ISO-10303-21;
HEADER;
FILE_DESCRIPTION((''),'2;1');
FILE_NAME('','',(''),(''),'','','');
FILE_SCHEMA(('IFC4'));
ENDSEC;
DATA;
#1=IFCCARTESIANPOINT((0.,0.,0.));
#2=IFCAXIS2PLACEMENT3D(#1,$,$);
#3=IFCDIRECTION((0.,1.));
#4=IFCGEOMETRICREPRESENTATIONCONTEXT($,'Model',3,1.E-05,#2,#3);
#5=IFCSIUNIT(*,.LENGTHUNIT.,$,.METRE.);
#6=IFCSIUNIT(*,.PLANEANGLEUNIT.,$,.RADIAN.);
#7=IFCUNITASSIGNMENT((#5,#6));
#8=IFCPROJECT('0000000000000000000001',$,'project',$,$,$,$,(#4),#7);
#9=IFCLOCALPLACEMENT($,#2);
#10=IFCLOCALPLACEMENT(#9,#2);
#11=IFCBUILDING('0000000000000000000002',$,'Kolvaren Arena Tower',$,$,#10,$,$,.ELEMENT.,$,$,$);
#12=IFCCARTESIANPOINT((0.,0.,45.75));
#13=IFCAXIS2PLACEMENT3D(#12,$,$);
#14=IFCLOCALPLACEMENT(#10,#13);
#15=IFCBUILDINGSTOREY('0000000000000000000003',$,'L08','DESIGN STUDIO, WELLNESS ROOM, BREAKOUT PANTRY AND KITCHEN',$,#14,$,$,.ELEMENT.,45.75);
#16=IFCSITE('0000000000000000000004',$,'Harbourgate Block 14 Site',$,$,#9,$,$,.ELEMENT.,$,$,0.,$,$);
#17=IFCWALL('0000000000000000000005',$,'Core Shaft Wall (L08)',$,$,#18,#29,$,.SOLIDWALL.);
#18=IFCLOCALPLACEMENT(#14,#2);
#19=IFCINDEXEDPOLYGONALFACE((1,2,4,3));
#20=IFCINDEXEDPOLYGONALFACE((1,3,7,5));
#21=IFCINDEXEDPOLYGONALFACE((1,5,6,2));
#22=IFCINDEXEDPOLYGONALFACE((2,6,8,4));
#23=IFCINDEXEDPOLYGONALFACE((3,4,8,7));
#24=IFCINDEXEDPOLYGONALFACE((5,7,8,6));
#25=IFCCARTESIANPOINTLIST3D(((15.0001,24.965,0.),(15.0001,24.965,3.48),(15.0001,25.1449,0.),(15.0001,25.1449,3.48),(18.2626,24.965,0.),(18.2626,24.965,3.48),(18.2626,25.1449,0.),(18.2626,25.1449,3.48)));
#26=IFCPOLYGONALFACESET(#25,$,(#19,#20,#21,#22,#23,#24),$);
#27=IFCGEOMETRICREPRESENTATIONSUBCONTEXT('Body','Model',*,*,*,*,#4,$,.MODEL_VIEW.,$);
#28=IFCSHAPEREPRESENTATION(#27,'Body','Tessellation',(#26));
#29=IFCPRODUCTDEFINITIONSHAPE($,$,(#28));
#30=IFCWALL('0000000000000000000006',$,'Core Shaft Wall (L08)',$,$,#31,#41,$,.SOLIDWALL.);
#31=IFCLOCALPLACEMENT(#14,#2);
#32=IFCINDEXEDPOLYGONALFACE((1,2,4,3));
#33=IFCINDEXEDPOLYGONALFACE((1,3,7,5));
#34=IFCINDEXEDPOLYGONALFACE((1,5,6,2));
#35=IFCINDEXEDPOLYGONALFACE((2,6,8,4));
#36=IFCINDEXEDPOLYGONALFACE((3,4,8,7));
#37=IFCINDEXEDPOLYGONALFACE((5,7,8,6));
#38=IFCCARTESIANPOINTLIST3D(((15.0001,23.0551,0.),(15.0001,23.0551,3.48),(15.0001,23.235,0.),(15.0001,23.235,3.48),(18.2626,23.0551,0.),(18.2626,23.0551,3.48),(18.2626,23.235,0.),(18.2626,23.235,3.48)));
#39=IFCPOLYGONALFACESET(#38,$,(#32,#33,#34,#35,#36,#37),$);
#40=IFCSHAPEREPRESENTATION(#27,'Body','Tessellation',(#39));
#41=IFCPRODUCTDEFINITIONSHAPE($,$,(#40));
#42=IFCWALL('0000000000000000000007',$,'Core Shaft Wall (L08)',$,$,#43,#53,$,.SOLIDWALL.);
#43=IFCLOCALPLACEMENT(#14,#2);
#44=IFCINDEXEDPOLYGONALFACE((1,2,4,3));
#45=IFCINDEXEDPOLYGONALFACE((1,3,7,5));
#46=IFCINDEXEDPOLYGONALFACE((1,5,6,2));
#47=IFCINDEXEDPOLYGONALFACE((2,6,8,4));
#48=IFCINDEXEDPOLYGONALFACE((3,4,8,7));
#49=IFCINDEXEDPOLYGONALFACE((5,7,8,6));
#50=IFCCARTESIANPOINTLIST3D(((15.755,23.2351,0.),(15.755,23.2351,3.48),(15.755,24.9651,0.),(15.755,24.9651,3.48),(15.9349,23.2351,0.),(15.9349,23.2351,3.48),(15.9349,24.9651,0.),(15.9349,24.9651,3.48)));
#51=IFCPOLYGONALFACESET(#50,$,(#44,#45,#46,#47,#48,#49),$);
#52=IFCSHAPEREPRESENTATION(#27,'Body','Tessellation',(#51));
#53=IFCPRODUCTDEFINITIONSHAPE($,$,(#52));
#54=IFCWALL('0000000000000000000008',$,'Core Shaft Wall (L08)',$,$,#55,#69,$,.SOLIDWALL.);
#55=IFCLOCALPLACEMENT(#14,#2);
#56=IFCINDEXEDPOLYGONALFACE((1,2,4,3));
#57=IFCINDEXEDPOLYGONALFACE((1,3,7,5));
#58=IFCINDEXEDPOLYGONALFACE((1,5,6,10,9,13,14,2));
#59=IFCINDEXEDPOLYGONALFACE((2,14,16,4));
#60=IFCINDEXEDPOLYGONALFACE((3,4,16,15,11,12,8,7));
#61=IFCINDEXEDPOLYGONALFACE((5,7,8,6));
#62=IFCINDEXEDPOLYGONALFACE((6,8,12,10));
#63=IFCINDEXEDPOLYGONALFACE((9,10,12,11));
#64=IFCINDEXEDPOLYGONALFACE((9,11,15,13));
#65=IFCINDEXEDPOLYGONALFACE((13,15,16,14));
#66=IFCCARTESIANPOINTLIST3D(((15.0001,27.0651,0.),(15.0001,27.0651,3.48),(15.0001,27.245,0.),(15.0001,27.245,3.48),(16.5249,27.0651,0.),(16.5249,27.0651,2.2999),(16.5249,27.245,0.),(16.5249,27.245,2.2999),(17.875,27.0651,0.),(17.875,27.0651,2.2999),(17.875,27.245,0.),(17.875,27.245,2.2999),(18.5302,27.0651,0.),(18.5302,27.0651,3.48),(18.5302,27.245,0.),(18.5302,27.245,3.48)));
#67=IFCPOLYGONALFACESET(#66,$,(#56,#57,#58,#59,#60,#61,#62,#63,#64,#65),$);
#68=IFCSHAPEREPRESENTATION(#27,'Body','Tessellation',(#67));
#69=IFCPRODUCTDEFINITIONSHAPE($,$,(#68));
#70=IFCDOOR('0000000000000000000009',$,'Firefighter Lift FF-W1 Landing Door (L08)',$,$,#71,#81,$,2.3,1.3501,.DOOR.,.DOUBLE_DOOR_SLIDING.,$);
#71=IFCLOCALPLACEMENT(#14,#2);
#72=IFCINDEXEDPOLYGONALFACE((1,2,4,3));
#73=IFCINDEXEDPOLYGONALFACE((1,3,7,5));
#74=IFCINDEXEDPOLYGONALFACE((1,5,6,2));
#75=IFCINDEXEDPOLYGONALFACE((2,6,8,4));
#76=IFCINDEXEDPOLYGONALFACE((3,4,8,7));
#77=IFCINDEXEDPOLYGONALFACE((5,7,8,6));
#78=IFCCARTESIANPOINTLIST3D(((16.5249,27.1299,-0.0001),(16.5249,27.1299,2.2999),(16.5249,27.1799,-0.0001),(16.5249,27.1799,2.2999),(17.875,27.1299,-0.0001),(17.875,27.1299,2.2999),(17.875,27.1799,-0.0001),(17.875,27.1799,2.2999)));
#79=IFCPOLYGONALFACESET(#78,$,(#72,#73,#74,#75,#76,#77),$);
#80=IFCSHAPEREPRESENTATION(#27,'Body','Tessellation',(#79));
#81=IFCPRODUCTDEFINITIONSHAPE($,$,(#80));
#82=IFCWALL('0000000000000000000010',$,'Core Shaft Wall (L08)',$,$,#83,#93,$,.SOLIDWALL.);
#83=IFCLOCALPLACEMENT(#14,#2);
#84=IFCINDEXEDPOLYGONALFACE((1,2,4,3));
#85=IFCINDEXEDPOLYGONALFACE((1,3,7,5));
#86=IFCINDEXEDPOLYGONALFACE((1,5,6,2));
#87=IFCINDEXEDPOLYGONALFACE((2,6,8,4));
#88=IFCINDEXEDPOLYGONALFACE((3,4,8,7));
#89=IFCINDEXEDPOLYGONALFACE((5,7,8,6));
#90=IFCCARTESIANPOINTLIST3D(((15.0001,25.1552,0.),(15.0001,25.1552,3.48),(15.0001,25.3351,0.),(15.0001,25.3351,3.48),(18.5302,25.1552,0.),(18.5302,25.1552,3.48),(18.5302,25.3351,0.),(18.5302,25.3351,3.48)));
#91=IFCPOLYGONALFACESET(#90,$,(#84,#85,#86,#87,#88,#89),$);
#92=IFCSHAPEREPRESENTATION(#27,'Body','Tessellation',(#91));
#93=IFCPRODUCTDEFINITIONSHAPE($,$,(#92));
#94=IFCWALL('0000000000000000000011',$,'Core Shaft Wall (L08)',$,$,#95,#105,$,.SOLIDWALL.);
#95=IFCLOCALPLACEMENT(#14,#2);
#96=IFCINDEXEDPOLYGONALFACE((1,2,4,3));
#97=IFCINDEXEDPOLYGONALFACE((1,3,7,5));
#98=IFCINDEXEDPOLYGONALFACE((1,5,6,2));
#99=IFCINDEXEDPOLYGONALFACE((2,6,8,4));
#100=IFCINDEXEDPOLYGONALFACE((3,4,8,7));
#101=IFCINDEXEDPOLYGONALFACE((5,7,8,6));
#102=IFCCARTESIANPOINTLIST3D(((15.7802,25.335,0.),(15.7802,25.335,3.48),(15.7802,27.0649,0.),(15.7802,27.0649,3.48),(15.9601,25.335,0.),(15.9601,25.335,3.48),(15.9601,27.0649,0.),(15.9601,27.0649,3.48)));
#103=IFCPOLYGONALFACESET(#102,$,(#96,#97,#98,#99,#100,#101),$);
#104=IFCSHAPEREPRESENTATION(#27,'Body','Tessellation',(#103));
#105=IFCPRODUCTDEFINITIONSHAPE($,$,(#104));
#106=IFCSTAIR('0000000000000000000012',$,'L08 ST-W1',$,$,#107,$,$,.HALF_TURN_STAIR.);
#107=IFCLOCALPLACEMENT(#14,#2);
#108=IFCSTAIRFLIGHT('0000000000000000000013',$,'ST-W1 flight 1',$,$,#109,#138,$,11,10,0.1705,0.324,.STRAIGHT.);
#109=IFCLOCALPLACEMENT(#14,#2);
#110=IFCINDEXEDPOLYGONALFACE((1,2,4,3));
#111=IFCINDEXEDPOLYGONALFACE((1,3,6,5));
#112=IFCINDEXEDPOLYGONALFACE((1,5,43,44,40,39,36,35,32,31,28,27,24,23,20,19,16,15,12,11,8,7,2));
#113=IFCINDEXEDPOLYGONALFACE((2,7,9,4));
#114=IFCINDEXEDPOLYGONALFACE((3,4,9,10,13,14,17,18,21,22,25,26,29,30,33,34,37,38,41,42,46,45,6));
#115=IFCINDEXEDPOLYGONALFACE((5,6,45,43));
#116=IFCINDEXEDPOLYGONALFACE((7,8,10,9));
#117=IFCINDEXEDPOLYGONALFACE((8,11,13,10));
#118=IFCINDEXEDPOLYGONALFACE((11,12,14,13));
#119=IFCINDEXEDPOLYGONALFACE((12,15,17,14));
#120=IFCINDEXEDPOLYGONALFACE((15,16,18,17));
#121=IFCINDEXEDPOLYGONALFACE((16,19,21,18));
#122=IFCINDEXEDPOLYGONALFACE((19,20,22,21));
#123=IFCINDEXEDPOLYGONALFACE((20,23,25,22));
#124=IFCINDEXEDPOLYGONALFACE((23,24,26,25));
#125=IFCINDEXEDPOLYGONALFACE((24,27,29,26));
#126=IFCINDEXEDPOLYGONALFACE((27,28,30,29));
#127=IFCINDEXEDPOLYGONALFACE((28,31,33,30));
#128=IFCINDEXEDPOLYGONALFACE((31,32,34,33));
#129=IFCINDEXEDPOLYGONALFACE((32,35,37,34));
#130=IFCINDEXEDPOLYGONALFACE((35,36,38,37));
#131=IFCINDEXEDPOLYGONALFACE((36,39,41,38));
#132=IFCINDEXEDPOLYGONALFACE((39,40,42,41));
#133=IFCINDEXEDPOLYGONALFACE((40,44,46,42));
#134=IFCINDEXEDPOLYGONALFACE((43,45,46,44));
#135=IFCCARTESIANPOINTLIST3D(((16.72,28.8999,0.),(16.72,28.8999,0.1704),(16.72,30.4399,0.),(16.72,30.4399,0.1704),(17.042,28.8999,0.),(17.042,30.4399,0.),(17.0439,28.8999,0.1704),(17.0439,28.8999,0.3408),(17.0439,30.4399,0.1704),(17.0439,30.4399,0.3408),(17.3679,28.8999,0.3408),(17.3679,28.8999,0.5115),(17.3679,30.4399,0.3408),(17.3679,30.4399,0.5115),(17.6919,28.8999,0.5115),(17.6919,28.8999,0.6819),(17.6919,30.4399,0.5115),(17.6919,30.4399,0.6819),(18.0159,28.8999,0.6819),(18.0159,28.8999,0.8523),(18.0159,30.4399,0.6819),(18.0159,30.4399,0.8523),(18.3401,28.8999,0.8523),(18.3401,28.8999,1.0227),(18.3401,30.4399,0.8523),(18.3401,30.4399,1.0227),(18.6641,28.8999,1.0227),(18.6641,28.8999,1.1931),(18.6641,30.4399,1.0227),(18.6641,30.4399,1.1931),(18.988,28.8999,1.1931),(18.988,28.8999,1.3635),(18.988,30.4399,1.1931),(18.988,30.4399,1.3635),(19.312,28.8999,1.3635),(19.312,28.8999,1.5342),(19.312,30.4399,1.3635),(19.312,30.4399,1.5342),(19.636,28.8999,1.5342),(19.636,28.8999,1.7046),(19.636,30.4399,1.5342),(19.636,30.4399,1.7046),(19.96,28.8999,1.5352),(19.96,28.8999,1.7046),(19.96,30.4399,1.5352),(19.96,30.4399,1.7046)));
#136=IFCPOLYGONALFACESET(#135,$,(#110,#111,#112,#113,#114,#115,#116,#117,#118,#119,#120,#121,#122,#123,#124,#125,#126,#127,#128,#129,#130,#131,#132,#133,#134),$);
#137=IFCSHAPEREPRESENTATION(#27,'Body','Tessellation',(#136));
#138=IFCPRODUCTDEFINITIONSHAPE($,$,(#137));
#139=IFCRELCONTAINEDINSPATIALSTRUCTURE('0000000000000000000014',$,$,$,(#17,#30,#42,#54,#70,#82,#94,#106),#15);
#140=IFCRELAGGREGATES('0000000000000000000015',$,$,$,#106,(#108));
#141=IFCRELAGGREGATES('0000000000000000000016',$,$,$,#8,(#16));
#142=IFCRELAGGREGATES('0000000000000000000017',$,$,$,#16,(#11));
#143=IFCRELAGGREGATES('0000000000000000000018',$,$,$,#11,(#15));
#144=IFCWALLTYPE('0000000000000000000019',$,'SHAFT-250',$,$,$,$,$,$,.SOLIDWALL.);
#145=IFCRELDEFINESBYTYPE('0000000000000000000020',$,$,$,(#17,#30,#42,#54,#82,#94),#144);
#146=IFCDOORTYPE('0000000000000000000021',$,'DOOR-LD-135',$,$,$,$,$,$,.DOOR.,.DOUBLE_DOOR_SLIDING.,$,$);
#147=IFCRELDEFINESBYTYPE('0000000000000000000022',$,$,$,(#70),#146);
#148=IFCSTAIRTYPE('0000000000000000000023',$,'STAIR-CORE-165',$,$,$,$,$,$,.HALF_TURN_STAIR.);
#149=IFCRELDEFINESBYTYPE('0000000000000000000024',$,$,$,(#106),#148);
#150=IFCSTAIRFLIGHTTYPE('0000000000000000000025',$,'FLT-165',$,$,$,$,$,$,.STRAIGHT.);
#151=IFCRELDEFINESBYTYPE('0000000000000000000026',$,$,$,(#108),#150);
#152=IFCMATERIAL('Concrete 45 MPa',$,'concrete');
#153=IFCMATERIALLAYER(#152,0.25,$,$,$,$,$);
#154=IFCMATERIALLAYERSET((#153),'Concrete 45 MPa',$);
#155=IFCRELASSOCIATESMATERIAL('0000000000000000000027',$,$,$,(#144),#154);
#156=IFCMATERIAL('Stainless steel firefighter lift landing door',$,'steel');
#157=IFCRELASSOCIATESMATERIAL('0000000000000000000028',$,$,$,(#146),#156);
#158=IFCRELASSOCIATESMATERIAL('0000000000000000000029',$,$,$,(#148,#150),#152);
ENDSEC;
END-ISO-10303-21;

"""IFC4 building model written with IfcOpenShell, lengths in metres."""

from ifc_helpers import new_model, si_unit, direction, frame, frame_2d, origin, place, context, subcontext, project, spatial, polyline, rectangle, outline, extrude, material, layer, layer_set, type_object, element, fill, aggregate, save


model = new_model("IFC4")

# Units and contexts
model_context = context("Model", 3, precision=1e-05, world=origin(), true_north=direction((0.0, 1.0)))
body_context = subcontext(model_context, "Body", "Model", "MODEL_VIEW")
ifc_project = project(units=[si_unit("LENGTHUNIT", "METRE"), si_unit("PLANEANGLEUNIT", "RADIAN")], contexts=[model_context])

# Site, building, storey
site_placement = place(None, origin())
site = spatial("IfcSite", under=ifc_project, at=site_placement, Name="Harbourgate Block 14 Site", CompositionType="ELEMENT", RefElevation=0.0)
building_placement = place(site_placement, origin())
building = spatial("IfcBuilding", under=site, at=building_placement, Name="Kolvaren Arena Tower", CompositionType="ELEMENT")
storey_placement = place(building_placement, frame((0.0, 0.0, 45.75)))
storey = spatial("IfcBuildingStorey", under=building, at=storey_placement, Name="L08", Description="DESIGN STUDIO, WELLNESS ROOM, BREAKOUT PANTRY AND KITCHEN", CompositionType="ELEMENT", Elevation=45.75)

# Walls
ifc_material_1 = material(Name="Concrete 45 MPa", Category="concrete")
ifc_layer = layer(ifc_material_1, 0.25)
ifc_layer_set = layer_set([ifc_layer], Name="Concrete 45 MPa")
wall_type = type_object("IfcWallType", Name="SHAFT-250", PredefinedType="SOLIDWALL", material=ifc_layer_set)
for number, where, z_axis, x_axis, name in (
    (1, (15.0, 25.0549, 0.0), (0.0, 0.0, 1.0), (1.0, 0.0, 0.0), "Core Shaft Wall (L08)"),
    (2, (15.0, 23.145, 0.0), (0.0, 0.0, 1.0), (1.0, 0.0, 0.0), "Core Shaft Wall (L08)"),
):
    element("IfcWall", number, at=place(storey_placement, frame(where, z_axis=z_axis, x_axis=x_axis)), inside=storey, type_object=wall_type, Name=name, PredefinedType="SOLIDWALL", context=body_context, shape_type="SweptSolid", body=[
        extrude(rectangle(XDim=3.2625, YDim=0.1799, at=frame_2d((1.6313, 0.0))), origin(), (0.0, 0.0, 1.0), 3.48),
    ])
wall_1_placement = place(storey_placement, frame((15.845, 23.2351, 0.0), z_axis=(0.0, 0.0, 1.0), x_axis=(0.0, 1.0, 0.0)))
element("IfcWall", 3, at=wall_1_placement, inside=storey, type_object=wall_type, Name="Core Shaft Wall (L08)", PredefinedType="SOLIDWALL", context=body_context, shape_type="SweptSolid", body=[
    extrude(rectangle(XDim=1.73, YDim=0.1799, at=frame_2d((0.865, 0.0))), origin(), (0.0, 0.0, 1.0), 3.48),
])

# Wall, opening, door
wall_2_placement = place(storey_placement, frame((15.0, 27.155, 0.0), z_axis=(0.0, 0.0, 1.0), x_axis=(1.0, 0.0, 0.0)))
wall_2 = element("IfcWall", 4, at=wall_2_placement, inside=storey, type_object=wall_type, Name="Core Shaft Wall (L08)", PredefinedType="SOLIDWALL", context=body_context, shape_type="SweptSolid", body=[
    extrude(rectangle(XDim=3.53, YDim=0.1799, at=frame_2d((1.7651, 0.0))), origin(), (0.0, 0.0, 1.0), 3.48),
])
opening_placement = place(wall_2_placement, frame((1.5249, 0.0, 0.0)))
opening = element("IfcOpeningElement", 5, at=opening_placement, cuts=wall_2, PredefinedType="OPENING", context=body_context, shape_type="SweptSolid", body=[
    extrude(rectangle(XDim=1.3501, YDim=2.3, at=frame_2d((0.675, 1.1499))), frame((0.0, 0.0999, 0.0), z_axis=(0.0, -1.0, 0.0), x_axis=(1.0, 0.0, 0.0)), (0.0, 0.0, 1.0), 0.2),
])
ifc_material_2 = material(Name="Stainless steel firefighter lift landing door", Category="steel")
door_type = type_object("IfcDoorType", Name="DOOR-LD-135", OperationType="DOUBLE_DOOR_SLIDING", PredefinedType="DOOR", material=ifc_material_2)
door_placement = place(opening_placement, origin())
door = element("IfcDoor", 6, at=door_placement, inside=storey, type_object=door_type, Name="Firefighter Lift FF-W1 Landing Door (L08)", OperationType="DOUBLE_DOOR_SLIDING", OverallHeight=2.3, OverallWidth=1.3501, PredefinedType="DOOR", context=body_context, shape_type="SweptSolid", body=[
    extrude(rectangle(XDim=1.3501, YDim=2.3, at=frame_2d((0.675, 1.1499))), frame((0.0, 0.0249, 0.0), z_axis=(0.0, -1.0, 0.0), x_axis=(1.0, 0.0, 0.0)), (0.0, 0.0, 1.0), 0.05),
])
fill(opening, door)

# Walls
wall_3_placement = place(storey_placement, frame((15.0, 25.2451, 0.0), z_axis=(0.0, 0.0, 1.0), x_axis=(1.0, 0.0, 0.0)))
element("IfcWall", 7, at=wall_3_placement, inside=storey, type_object=wall_type, Name="Core Shaft Wall (L08)", PredefinedType="SOLIDWALL", context=body_context, shape_type="SweptSolid", body=[
    extrude(rectangle(XDim=3.53, YDim=0.1799, at=frame_2d((1.7651, 0.0))), origin(), (0.0, 0.0, 1.0), 3.48),
])
wall_4_placement = place(storey_placement, frame((15.8701, 25.335, 0.0), z_axis=(0.0, 0.0, 1.0), x_axis=(0.0, 1.0, 0.0)))
element("IfcWall", 8, at=wall_4_placement, inside=storey, type_object=wall_type, Name="Core Shaft Wall (L08)", PredefinedType="SOLIDWALL", context=body_context, shape_type="SweptSolid", body=[
    extrude(rectangle(XDim=1.73, YDim=0.1799, at=frame_2d((0.865, 0.0))), origin(), (0.0, 0.0, 1.0), 3.48),
])

# Stair, stair flight
stair_type = type_object("IfcStairType", Name="STAIR-CORE-165", PredefinedType="HALF_TURN_STAIR", material=ifc_material_1)
stair_placement = place(storey_placement, origin())
stair = element("IfcStair", 9, at=stair_placement, inside=storey, type_object=stair_type, Name="L08 ST-W1", PredefinedType="HALF_TURN_STAIR")
stair_flight_type = type_object("IfcStairFlightType", Name="FLT-165", PredefinedType="STRAIGHT", material=ifc_material_1)
stair_flight_placement = place(storey_placement, frame((16.72, 29.6699, 0.0), z_axis=(0.0, 0.0, 1.0), x_axis=(1.0, 0.0, 0.0)))
stair_flight = element("IfcStairFlight", 10, at=stair_flight_placement, type_object=stair_flight_type, Name="ST-W1 flight 1", NumberOfRisers=11, NumberOfTreads=10, PredefinedType="STRAIGHT", RiserHeight=0.1705, TreadLength=0.324, context=body_context, shape_type="SweptSolid", body=[
    extrude(outline(polyline([(0.0, 0.0), (0.0, 0.1704), (0.324, 0.1704), (0.324, 0.3408), (0.6479, 0.3408), (0.6479, 0.5115), (0.9719, 0.5115), (0.9719, 0.6819), (1.2959, 0.6819), (1.2959, 0.8523), (1.6201, 0.8523), (1.6201, 1.0227), (1.9441, 1.0227), (1.9441, 1.1931), (2.2681, 1.1931), (2.2681, 1.3635), (2.592, 1.3635), (2.592, 1.5342), (2.916, 1.5342), (2.916, 1.7046), (3.24, 1.7046), (3.24, 1.875), (3.24, 1.5352), (0.322, 0.0), (0.0, 0.0)])), frame((0.0, 0.77, 0.0), z_axis=(0.0, -1.0, 0.0), x_axis=(1.0, 0.0, 0.0)), (0.0, 0.0, 1.0), 1.54),
])
aggregate(stair, [stair_flight])

save(model, "model.ifc")
